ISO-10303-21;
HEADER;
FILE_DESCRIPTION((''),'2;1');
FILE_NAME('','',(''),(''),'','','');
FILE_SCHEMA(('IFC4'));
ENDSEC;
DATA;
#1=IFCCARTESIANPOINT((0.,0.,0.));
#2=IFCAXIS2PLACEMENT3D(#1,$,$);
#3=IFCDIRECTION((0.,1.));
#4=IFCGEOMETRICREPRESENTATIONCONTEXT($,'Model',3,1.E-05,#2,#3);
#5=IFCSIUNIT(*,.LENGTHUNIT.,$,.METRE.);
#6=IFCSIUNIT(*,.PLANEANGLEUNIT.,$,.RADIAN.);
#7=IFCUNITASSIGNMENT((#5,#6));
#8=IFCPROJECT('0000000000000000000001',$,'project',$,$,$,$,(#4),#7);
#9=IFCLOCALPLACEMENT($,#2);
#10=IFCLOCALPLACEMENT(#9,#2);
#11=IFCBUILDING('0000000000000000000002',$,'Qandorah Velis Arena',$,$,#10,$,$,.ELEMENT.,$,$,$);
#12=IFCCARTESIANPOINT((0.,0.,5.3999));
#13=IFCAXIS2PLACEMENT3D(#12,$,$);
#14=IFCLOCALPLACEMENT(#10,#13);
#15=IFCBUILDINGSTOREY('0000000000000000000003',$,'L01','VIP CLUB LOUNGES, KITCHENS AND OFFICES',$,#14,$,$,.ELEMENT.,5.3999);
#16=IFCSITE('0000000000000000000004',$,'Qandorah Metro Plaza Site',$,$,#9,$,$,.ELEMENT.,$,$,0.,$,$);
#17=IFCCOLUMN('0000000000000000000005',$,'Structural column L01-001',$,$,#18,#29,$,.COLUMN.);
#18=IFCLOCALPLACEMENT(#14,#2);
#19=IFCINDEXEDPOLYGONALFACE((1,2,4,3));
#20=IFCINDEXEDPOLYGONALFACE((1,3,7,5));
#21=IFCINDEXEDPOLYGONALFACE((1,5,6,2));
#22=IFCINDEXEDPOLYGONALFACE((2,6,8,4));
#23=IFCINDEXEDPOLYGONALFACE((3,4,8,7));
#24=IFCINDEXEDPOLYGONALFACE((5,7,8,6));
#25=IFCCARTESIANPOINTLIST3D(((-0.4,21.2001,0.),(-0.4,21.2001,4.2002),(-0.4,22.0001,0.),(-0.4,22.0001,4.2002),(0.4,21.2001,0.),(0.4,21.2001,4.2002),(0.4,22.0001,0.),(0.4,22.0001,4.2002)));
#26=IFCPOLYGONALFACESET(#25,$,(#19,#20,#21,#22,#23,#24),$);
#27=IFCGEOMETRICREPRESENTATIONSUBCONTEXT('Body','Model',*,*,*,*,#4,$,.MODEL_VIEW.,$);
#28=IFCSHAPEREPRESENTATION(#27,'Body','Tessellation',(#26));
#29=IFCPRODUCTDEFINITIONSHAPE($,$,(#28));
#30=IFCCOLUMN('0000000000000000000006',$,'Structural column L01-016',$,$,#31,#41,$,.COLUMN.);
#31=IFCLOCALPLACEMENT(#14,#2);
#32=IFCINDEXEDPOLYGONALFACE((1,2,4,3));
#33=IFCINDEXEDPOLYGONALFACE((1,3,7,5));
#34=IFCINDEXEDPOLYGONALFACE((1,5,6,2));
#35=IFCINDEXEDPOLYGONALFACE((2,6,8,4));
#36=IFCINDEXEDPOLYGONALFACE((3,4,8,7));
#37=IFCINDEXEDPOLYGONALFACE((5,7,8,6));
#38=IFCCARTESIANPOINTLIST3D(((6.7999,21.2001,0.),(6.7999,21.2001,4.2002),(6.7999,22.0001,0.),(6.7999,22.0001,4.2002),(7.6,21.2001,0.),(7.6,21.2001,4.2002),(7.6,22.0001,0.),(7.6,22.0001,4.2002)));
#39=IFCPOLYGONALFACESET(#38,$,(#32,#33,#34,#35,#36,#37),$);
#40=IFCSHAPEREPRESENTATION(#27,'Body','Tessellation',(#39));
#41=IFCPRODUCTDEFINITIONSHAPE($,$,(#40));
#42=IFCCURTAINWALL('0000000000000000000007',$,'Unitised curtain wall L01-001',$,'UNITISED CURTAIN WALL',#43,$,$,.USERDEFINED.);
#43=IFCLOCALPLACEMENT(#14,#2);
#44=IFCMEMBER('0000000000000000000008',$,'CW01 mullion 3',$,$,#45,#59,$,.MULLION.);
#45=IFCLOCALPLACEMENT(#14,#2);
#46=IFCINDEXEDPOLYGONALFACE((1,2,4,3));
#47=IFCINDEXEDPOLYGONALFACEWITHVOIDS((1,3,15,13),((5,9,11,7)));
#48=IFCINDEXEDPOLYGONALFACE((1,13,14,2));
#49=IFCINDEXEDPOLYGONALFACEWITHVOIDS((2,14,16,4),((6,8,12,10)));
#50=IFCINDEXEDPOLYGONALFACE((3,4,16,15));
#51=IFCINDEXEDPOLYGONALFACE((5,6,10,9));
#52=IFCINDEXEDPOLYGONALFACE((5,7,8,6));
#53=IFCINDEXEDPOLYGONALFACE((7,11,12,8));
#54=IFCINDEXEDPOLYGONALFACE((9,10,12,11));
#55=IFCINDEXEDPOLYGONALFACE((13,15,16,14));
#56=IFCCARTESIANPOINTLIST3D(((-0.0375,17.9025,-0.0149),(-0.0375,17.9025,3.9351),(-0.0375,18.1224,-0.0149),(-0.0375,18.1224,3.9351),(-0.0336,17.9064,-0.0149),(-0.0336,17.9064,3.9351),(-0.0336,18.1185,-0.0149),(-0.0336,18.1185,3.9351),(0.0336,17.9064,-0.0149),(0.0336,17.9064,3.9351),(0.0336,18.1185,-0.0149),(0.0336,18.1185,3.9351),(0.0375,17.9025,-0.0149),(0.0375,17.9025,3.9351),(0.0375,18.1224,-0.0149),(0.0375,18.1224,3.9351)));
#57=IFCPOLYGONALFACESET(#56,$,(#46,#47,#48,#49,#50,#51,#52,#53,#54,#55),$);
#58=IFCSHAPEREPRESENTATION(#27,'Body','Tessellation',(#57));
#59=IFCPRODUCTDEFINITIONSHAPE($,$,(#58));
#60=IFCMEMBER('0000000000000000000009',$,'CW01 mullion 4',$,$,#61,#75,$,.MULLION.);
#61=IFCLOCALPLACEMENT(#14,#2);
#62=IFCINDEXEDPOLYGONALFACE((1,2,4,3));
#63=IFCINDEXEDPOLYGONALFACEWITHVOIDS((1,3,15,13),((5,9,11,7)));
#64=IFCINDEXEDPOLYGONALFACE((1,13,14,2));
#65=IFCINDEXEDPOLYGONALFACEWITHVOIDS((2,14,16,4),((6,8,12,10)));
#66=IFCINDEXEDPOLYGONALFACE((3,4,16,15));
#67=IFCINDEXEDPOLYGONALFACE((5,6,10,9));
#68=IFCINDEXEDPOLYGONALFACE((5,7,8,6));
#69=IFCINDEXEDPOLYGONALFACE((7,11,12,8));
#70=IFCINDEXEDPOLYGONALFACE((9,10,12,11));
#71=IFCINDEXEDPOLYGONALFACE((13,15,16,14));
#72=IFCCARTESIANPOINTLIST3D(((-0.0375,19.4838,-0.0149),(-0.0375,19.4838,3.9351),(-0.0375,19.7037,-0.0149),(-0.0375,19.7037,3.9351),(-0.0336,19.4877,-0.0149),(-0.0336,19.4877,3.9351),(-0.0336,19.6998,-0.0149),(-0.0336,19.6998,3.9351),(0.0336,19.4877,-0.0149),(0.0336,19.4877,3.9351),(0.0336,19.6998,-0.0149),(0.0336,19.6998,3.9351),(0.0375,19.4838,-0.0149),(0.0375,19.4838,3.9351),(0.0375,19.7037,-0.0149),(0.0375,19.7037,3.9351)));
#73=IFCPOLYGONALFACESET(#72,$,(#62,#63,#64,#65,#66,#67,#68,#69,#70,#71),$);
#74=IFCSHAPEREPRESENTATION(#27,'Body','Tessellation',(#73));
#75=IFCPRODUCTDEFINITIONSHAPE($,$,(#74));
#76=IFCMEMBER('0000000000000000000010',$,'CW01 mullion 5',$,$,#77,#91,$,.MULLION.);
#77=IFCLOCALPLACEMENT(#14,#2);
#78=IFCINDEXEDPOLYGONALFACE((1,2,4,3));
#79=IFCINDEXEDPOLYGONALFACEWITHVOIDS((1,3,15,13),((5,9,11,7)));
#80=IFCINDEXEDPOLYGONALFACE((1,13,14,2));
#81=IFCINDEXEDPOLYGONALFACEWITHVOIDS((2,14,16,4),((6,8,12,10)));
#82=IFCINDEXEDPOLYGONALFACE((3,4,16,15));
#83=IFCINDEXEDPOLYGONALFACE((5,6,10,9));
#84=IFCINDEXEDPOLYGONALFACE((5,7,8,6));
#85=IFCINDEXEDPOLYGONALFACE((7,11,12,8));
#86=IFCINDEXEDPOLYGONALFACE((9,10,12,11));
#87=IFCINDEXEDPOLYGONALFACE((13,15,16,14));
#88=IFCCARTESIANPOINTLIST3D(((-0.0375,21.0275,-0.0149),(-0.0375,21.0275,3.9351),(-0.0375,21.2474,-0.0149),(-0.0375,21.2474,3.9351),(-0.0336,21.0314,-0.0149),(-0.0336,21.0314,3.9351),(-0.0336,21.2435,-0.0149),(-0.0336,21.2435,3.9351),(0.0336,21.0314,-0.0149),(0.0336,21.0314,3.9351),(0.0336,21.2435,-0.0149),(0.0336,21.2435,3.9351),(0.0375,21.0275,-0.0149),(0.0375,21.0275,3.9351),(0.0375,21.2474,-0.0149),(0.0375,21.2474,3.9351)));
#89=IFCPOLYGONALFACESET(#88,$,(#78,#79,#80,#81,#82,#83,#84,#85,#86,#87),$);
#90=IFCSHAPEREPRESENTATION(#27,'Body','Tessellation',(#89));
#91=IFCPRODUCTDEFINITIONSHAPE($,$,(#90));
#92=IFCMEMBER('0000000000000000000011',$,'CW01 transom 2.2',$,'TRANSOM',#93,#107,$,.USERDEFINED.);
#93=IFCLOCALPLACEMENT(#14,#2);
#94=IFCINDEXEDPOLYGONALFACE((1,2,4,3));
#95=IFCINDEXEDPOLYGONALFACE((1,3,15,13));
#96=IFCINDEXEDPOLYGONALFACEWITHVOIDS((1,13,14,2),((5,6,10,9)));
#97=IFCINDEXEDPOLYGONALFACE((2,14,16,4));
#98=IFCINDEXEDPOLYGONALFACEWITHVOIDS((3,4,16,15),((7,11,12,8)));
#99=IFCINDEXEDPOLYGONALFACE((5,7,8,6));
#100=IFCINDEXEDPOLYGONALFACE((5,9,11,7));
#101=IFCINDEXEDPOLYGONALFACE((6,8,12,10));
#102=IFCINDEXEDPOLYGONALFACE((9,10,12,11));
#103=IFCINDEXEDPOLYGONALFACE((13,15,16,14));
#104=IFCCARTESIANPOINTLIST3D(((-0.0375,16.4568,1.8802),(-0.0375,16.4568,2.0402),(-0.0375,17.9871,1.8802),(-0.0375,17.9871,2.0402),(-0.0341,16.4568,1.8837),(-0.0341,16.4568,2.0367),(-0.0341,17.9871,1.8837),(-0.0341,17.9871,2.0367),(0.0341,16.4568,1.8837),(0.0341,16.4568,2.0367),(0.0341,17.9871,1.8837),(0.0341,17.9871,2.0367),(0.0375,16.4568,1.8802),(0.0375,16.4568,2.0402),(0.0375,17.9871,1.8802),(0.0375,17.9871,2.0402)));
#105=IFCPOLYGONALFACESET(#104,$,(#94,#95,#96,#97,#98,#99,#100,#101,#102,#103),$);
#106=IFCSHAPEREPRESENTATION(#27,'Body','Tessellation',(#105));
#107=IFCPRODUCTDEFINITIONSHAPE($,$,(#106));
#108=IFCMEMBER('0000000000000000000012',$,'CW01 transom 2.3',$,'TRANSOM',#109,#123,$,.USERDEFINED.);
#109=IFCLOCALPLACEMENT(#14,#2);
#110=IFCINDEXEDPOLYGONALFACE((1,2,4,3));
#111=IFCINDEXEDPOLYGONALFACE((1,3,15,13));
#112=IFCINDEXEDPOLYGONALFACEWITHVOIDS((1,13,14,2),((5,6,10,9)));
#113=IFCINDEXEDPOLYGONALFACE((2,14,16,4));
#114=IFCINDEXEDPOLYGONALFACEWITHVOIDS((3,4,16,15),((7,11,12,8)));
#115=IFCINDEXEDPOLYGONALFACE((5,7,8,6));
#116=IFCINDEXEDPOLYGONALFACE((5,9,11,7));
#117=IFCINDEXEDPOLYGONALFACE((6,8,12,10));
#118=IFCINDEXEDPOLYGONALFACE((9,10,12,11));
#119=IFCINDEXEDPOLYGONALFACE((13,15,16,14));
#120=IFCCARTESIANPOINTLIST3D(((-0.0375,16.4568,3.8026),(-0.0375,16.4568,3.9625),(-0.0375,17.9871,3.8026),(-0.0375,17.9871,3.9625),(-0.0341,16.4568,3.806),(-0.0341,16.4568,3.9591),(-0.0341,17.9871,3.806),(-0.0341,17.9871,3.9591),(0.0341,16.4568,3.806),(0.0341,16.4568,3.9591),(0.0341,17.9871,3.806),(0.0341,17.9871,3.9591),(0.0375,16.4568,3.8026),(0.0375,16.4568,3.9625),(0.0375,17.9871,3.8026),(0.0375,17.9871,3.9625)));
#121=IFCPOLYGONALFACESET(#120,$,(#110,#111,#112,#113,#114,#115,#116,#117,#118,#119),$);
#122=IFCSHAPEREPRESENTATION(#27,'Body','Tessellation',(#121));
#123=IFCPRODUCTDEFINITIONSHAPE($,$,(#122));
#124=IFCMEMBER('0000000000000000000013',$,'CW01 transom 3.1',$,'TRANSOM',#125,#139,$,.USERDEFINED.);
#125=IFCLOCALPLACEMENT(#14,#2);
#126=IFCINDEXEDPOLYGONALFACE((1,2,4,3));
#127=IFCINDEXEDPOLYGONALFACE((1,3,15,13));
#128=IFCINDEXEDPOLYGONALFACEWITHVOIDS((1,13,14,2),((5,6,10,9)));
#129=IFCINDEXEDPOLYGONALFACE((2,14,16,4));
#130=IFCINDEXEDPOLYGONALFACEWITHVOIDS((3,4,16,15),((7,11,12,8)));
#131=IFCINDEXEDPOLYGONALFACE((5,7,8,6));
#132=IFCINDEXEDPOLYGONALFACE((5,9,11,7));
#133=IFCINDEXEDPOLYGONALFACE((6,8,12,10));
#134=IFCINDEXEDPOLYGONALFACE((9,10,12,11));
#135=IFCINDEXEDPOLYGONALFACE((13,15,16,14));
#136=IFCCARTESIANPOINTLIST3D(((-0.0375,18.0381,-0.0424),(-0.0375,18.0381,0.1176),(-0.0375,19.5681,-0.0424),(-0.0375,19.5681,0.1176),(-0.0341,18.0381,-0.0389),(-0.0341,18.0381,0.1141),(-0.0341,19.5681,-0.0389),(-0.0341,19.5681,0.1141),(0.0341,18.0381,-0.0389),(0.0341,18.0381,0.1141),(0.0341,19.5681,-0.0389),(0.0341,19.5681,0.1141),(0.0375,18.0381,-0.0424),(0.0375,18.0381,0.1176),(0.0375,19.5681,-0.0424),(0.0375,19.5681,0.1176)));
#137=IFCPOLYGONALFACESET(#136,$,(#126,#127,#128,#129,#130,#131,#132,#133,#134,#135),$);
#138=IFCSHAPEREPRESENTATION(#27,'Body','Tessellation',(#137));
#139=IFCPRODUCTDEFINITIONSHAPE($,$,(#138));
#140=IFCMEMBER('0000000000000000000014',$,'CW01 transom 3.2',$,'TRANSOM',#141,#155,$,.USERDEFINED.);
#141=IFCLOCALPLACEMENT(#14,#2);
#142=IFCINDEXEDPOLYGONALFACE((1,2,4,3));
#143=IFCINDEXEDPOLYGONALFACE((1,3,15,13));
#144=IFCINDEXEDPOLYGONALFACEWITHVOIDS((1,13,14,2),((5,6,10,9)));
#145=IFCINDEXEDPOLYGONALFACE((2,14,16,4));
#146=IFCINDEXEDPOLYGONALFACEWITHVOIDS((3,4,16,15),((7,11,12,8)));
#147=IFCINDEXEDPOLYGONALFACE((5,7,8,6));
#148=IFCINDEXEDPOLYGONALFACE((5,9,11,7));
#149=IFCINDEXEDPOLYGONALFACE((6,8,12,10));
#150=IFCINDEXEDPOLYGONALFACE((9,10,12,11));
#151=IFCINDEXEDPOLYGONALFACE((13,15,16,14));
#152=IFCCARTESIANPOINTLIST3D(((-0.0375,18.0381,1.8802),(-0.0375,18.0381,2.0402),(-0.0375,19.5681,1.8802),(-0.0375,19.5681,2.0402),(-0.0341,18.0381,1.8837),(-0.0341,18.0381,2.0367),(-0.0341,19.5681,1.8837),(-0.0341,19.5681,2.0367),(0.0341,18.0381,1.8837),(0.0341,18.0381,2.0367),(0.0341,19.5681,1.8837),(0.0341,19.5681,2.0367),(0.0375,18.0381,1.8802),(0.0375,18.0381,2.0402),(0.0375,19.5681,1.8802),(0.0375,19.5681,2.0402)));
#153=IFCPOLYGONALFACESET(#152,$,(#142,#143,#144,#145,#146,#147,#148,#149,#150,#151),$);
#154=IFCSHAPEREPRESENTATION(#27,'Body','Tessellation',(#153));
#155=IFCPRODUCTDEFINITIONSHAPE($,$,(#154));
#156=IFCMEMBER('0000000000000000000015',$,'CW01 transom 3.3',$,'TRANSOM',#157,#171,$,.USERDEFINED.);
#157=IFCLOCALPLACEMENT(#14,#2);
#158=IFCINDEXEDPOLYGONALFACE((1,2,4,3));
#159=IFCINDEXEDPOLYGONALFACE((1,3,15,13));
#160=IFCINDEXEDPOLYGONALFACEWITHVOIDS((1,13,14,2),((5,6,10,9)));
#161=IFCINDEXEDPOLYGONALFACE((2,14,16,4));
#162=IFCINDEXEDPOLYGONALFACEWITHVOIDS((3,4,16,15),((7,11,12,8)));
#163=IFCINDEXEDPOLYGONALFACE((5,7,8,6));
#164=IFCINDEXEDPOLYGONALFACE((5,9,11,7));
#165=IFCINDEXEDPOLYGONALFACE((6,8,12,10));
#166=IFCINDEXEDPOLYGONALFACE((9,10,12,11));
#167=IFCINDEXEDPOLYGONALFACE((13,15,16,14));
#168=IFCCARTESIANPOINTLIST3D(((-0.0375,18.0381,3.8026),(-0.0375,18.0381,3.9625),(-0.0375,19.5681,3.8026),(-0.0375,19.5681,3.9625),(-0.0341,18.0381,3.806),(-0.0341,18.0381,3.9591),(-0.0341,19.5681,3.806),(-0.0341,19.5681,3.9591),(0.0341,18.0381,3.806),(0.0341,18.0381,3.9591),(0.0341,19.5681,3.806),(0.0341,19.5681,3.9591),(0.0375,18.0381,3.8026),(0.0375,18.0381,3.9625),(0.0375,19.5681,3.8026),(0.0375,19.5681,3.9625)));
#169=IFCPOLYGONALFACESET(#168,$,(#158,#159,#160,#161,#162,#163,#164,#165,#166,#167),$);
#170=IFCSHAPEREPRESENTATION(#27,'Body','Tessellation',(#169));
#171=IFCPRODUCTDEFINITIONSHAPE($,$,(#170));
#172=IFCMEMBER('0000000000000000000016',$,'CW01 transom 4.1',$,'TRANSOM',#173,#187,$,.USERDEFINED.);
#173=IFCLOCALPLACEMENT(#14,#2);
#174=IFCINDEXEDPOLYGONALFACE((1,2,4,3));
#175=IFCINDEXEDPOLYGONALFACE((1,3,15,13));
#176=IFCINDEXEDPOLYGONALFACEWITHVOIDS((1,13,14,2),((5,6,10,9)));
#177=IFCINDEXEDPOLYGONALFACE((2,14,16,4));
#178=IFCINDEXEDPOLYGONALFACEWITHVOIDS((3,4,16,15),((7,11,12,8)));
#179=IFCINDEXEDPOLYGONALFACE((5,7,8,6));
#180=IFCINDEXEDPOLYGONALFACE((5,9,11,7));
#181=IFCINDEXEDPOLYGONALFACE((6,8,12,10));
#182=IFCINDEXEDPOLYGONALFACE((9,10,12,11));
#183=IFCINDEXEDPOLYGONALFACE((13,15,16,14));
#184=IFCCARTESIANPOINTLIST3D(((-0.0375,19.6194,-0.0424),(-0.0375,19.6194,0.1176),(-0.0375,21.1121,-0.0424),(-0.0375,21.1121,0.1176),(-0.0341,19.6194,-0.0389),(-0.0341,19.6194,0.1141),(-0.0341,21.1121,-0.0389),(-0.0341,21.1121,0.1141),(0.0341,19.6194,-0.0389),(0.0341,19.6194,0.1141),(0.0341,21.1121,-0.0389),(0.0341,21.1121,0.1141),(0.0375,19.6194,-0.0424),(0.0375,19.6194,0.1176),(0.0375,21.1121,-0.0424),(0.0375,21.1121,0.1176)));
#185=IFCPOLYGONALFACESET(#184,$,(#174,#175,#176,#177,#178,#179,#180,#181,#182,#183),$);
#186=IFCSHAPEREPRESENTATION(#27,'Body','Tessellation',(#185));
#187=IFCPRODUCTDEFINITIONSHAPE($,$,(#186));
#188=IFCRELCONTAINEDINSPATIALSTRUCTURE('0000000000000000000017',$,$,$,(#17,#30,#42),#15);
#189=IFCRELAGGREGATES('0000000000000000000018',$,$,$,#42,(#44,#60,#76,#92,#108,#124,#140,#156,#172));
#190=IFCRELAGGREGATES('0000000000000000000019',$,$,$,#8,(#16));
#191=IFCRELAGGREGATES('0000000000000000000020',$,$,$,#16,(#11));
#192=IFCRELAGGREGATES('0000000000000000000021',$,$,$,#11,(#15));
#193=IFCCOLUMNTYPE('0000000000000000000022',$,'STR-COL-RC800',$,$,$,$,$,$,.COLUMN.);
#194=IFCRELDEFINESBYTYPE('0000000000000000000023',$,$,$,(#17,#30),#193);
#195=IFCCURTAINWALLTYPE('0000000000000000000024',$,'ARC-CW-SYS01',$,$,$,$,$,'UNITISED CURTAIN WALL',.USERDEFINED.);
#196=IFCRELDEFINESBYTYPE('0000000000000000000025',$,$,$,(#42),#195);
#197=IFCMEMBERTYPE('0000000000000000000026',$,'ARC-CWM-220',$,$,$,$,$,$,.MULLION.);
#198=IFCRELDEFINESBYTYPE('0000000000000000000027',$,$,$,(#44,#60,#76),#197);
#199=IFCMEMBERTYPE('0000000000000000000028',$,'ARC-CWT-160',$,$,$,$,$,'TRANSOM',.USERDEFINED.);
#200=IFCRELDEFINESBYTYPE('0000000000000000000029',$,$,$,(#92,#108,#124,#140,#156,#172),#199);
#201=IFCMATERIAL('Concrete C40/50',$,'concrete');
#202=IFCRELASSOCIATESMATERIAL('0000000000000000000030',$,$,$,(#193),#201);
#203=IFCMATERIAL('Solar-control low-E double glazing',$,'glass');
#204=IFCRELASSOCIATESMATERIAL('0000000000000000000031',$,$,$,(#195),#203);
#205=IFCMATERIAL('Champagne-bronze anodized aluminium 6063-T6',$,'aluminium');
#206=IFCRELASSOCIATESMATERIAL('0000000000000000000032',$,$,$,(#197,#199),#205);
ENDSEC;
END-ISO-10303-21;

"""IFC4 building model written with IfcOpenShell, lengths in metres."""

from ifc_helpers import new_model, si_unit, direction, frame, origin, origin_2d, place, context, subcontext, project, spatial, rectangle, hollow_rectangle, extrude, material, material_profile, profile_set, type_object, element, aggregate, save


model = new_model("IFC4")

# Units and contexts
model_context = context("Model", 3, precision=1e-05, world=origin(), true_north=direction((0.0, 1.0)))
body_context = subcontext(model_context, "Body", "Model", "MODEL_VIEW")
ifc_project = project(units=[si_unit("LENGTHUNIT", "METRE"), si_unit("PLANEANGLEUNIT", "RADIAN")], contexts=[model_context])

# Site, building, storey
site_placement = place(None, origin())
site = spatial("IfcSite", under=ifc_project, at=site_placement, Name="Qandorah Metro Plaza Site", CompositionType="ELEMENT", RefElevation=0.0)
building_placement = place(site_placement, origin())
building = spatial("IfcBuilding", under=site, at=building_placement, Name="Qandorah Velis Arena", CompositionType="ELEMENT")
storey_placement = place(building_placement, frame((0.0, 0.0, 5.3999)))
storey = spatial("IfcBuildingStorey", under=building, at=storey_placement, Name="L01", Description="VIP CLUB LOUNGES, KITCHENS AND OFFICES", CompositionType="ELEMENT", Elevation=5.3999)

# Columns
ifc_material_1 = material(Name="Concrete C40/50", Category="concrete")
ifc_material_profile_1 = material_profile(ifc_material_1, rectangle(XDim=0.8, YDim=0.8, at=origin_2d()), Name="RC COL 800x800")
ifc_profile_set_1 = profile_set([ifc_material_profile_1], Name="Concrete C40/50")
column_type = type_object("IfcColumnType", Name="STR-COL-RC800", PredefinedType="COLUMN", material=ifc_profile_set_1)
for number, where, z_axis, x_axis, name in (
    (1, (0.0, 21.6001, 0.0), (0.0, 0.0, 1.0), (1.0, 0.0, 0.0), "Structural column L01-001"),
    (2, (7.2, 21.6001, 0.0), (0.0, 0.0, 1.0), (1.0, 0.0, 0.0), "Structural column L01-016"),
):
    element("IfcColumn", number, at=place(storey_placement, frame(where, z_axis=z_axis, x_axis=x_axis)), inside=storey, type_object=column_type, Name=name, PredefinedType="COLUMN", context=body_context, shape_type="SweptSolid", body=[
        extrude(rectangle(XDim=0.8, YDim=0.8, at=origin_2d()), origin(), (0.0, 0.0, 1.0), 4.2002),
    ])

# Curtain wall, members
ifc_material_2 = material(Name="Solar-control low-E double glazing", Category="glass")
curtain_wall_type = type_object("IfcCurtainWallType", Name="ARC-CW-SYS01", ElementType="UNITISED CURTAIN WALL", PredefinedType="USERDEFINED", material=ifc_material_2)
curtain_wall_placement = place(storey_placement, origin())
curtain_wall = element("IfcCurtainWall", 3, at=curtain_wall_placement, inside=storey, type_object=curtain_wall_type, Name="Unitised curtain wall L01-001", ObjectType="UNITISED CURTAIN WALL", PredefinedType="USERDEFINED")
ifc_material_3 = material(Name="Champagne-bronze anodized aluminium 6063-T6", Category="aluminium")
ifc_material_profile_2 = material_profile(ifc_material_3, hollow_rectangle(XDim=0.075, YDim=0.22, WallThickness=0.0039, at=origin_2d()), Name="ALU MULLION 75x220")
ifc_profile_set_2 = profile_set([ifc_material_profile_2], Name="Champagne-bronze anodized aluminium 6063-T6")
member_type_1 = type_object("IfcMemberType", Name="ARC-CWM-220", PredefinedType="MULLION", material=ifc_profile_set_2)
member_1_placement = place(storey_placement, frame((0.0, 18.0125, -0.0149), z_axis=(0.0, 0.0, 1.0), x_axis=(-1.0, 0.0, 0.0)))
member_1 = element("IfcMember", 4, at=member_1_placement, type_object=member_type_1, Name="CW01 mullion 3", PredefinedType="MULLION", context=body_context, shape_type="SweptSolid", body=[
    extrude(hollow_rectangle(XDim=0.075, YDim=0.22, WallThickness=0.0039, at=origin_2d()), origin(), (0.0, 0.0, 1.0), 3.95),
])
member_2_placement = place(storey_placement, frame((0.0, 19.5938, -0.0149), z_axis=(0.0, 0.0, 1.0), x_axis=(-1.0, 0.0, 0.0)))
member_2 = element("IfcMember", 5, at=member_2_placement, type_object=member_type_1, Name="CW01 mullion 4", PredefinedType="MULLION", context=body_context, shape_type="SweptSolid", body=[
    extrude(hollow_rectangle(XDim=0.075, YDim=0.22, WallThickness=0.0039, at=origin_2d()), origin(), (0.0, 0.0, 1.0), 3.95),
])
member_3_placement = place(storey_placement, frame((0.0, 21.1375, -0.0149), z_axis=(0.0, 0.0, 1.0), x_axis=(-1.0, 0.0, 0.0)))
member_3 = element("IfcMember", 6, at=member_3_placement, type_object=member_type_1, Name="CW01 mullion 5", PredefinedType="MULLION", context=body_context, shape_type="SweptSolid", body=[
    extrude(hollow_rectangle(XDim=0.075, YDim=0.22, WallThickness=0.0039, at=origin_2d()), origin(), (0.0, 0.0, 1.0), 3.95),
])
ifc_material_profile_3 = material_profile(ifc_material_3, hollow_rectangle(XDim=0.075, YDim=0.1599, WallThickness=0.0034, at=origin_2d()), Name="ALU TRANSOM 75x160")
ifc_profile_set_3 = profile_set([ifc_material_profile_3], Name="Champagne-bronze anodized aluminium 6063-T6")
member_type_2 = type_object("IfcMemberType", Name="ARC-CWT-160", ElementType="TRANSOM", PredefinedType="USERDEFINED", material=ifc_profile_set_3)
member_4_placement = place(storey_placement, frame((0.0, 16.4568, 1.9602), z_axis=(0.0, 1.0, 0.0), x_axis=(-1.0, 0.0, 0.0)))
member_4 = element("IfcMember", 7, at=member_4_placement, type_object=member_type_2, Name="CW01 transom 2.2", ObjectType="TRANSOM", PredefinedType="USERDEFINED", context=body_context, shape_type="SweptSolid", body=[
    extrude(hollow_rectangle(XDim=0.075, YDim=0.1599, WallThickness=0.0034, at=origin_2d()), origin(), (0.0, 0.0, 1.0), 1.5303),
])
member_5_placement = place(storey_placement, frame((0.0, 16.4568, 3.8826), z_axis=(0.0, 1.0, 0.0), x_axis=(-1.0, 0.0, 0.0)))
member_5 = element("IfcMember", 8, at=member_5_placement, type_object=member_type_2, Name="CW01 transom 2.3", ObjectType="TRANSOM", PredefinedType="USERDEFINED", context=body_context, shape_type="SweptSolid", body=[
    extrude(hollow_rectangle(XDim=0.075, YDim=0.1599, WallThickness=0.0034, at=origin_2d()), origin(), (0.0, 0.0, 1.0), 1.5303),
])
member_6_placement = place(storey_placement, frame((0.0, 18.0381, 0.0376), z_axis=(0.0, 1.0, 0.0), x_axis=(-1.0, 0.0, 0.0)))
member_6 = element("IfcMember", 9, at=member_6_placement, type_object=member_type_2, Name="CW01 transom 3.1", ObjectType="TRANSOM", PredefinedType="USERDEFINED", context=body_context, shape_type="SweptSolid", body=[
    extrude(hollow_rectangle(XDim=0.075, YDim=0.1599, WallThickness=0.0034, at=origin_2d()), origin(), (0.0, 0.0, 1.0), 1.53),
])
member_7_placement = place(storey_placement, frame((0.0, 18.0381, 1.9602), z_axis=(0.0, 1.0, 0.0), x_axis=(-1.0, 0.0, 0.0)))
member_7 = element("IfcMember", 10, at=member_7_placement, type_object=member_type_2, Name="CW01 transom 3.2", ObjectType="TRANSOM", PredefinedType="USERDEFINED", context=body_context, shape_type="SweptSolid", body=[
    extrude(hollow_rectangle(XDim=0.075, YDim=0.1599, WallThickness=0.0034, at=origin_2d()), origin(), (0.0, 0.0, 1.0), 1.53),
])
member_8_placement = place(storey_placement, frame((0.0, 18.0381, 3.8826), z_axis=(0.0, 1.0, 0.0), x_axis=(-1.0, 0.0, 0.0)))
member_8 = element("IfcMember", 11, at=member_8_placement, type_object=member_type_2, Name="CW01 transom 3.3", ObjectType="TRANSOM", PredefinedType="USERDEFINED", context=body_context, shape_type="SweptSolid", body=[
    extrude(hollow_rectangle(XDim=0.075, YDim=0.1599, WallThickness=0.0034, at=origin_2d()), origin(), (0.0, 0.0, 1.0), 1.53),
])
member_9_placement = place(storey_placement, frame((0.0, 19.6194, 0.0376), z_axis=(0.0, 1.0, 0.0), x_axis=(-1.0, 0.0, 0.0)))
member_9 = element("IfcMember", 12, at=member_9_placement, type_object=member_type_2, Name="CW01 transom 4.1", ObjectType="TRANSOM", PredefinedType="USERDEFINED", context=body_context, shape_type="SweptSolid", body=[
    extrude(hollow_rectangle(XDim=0.075, YDim=0.1599, WallThickness=0.0034, at=origin_2d()), origin(), (0.0, 0.0, 1.0), 1.4927),
])

aggregate(curtain_wall, [member_1, member_2, member_3, member_4, member_5, member_6, member_7, member_8, member_9])

save(model, "model.ifc")
